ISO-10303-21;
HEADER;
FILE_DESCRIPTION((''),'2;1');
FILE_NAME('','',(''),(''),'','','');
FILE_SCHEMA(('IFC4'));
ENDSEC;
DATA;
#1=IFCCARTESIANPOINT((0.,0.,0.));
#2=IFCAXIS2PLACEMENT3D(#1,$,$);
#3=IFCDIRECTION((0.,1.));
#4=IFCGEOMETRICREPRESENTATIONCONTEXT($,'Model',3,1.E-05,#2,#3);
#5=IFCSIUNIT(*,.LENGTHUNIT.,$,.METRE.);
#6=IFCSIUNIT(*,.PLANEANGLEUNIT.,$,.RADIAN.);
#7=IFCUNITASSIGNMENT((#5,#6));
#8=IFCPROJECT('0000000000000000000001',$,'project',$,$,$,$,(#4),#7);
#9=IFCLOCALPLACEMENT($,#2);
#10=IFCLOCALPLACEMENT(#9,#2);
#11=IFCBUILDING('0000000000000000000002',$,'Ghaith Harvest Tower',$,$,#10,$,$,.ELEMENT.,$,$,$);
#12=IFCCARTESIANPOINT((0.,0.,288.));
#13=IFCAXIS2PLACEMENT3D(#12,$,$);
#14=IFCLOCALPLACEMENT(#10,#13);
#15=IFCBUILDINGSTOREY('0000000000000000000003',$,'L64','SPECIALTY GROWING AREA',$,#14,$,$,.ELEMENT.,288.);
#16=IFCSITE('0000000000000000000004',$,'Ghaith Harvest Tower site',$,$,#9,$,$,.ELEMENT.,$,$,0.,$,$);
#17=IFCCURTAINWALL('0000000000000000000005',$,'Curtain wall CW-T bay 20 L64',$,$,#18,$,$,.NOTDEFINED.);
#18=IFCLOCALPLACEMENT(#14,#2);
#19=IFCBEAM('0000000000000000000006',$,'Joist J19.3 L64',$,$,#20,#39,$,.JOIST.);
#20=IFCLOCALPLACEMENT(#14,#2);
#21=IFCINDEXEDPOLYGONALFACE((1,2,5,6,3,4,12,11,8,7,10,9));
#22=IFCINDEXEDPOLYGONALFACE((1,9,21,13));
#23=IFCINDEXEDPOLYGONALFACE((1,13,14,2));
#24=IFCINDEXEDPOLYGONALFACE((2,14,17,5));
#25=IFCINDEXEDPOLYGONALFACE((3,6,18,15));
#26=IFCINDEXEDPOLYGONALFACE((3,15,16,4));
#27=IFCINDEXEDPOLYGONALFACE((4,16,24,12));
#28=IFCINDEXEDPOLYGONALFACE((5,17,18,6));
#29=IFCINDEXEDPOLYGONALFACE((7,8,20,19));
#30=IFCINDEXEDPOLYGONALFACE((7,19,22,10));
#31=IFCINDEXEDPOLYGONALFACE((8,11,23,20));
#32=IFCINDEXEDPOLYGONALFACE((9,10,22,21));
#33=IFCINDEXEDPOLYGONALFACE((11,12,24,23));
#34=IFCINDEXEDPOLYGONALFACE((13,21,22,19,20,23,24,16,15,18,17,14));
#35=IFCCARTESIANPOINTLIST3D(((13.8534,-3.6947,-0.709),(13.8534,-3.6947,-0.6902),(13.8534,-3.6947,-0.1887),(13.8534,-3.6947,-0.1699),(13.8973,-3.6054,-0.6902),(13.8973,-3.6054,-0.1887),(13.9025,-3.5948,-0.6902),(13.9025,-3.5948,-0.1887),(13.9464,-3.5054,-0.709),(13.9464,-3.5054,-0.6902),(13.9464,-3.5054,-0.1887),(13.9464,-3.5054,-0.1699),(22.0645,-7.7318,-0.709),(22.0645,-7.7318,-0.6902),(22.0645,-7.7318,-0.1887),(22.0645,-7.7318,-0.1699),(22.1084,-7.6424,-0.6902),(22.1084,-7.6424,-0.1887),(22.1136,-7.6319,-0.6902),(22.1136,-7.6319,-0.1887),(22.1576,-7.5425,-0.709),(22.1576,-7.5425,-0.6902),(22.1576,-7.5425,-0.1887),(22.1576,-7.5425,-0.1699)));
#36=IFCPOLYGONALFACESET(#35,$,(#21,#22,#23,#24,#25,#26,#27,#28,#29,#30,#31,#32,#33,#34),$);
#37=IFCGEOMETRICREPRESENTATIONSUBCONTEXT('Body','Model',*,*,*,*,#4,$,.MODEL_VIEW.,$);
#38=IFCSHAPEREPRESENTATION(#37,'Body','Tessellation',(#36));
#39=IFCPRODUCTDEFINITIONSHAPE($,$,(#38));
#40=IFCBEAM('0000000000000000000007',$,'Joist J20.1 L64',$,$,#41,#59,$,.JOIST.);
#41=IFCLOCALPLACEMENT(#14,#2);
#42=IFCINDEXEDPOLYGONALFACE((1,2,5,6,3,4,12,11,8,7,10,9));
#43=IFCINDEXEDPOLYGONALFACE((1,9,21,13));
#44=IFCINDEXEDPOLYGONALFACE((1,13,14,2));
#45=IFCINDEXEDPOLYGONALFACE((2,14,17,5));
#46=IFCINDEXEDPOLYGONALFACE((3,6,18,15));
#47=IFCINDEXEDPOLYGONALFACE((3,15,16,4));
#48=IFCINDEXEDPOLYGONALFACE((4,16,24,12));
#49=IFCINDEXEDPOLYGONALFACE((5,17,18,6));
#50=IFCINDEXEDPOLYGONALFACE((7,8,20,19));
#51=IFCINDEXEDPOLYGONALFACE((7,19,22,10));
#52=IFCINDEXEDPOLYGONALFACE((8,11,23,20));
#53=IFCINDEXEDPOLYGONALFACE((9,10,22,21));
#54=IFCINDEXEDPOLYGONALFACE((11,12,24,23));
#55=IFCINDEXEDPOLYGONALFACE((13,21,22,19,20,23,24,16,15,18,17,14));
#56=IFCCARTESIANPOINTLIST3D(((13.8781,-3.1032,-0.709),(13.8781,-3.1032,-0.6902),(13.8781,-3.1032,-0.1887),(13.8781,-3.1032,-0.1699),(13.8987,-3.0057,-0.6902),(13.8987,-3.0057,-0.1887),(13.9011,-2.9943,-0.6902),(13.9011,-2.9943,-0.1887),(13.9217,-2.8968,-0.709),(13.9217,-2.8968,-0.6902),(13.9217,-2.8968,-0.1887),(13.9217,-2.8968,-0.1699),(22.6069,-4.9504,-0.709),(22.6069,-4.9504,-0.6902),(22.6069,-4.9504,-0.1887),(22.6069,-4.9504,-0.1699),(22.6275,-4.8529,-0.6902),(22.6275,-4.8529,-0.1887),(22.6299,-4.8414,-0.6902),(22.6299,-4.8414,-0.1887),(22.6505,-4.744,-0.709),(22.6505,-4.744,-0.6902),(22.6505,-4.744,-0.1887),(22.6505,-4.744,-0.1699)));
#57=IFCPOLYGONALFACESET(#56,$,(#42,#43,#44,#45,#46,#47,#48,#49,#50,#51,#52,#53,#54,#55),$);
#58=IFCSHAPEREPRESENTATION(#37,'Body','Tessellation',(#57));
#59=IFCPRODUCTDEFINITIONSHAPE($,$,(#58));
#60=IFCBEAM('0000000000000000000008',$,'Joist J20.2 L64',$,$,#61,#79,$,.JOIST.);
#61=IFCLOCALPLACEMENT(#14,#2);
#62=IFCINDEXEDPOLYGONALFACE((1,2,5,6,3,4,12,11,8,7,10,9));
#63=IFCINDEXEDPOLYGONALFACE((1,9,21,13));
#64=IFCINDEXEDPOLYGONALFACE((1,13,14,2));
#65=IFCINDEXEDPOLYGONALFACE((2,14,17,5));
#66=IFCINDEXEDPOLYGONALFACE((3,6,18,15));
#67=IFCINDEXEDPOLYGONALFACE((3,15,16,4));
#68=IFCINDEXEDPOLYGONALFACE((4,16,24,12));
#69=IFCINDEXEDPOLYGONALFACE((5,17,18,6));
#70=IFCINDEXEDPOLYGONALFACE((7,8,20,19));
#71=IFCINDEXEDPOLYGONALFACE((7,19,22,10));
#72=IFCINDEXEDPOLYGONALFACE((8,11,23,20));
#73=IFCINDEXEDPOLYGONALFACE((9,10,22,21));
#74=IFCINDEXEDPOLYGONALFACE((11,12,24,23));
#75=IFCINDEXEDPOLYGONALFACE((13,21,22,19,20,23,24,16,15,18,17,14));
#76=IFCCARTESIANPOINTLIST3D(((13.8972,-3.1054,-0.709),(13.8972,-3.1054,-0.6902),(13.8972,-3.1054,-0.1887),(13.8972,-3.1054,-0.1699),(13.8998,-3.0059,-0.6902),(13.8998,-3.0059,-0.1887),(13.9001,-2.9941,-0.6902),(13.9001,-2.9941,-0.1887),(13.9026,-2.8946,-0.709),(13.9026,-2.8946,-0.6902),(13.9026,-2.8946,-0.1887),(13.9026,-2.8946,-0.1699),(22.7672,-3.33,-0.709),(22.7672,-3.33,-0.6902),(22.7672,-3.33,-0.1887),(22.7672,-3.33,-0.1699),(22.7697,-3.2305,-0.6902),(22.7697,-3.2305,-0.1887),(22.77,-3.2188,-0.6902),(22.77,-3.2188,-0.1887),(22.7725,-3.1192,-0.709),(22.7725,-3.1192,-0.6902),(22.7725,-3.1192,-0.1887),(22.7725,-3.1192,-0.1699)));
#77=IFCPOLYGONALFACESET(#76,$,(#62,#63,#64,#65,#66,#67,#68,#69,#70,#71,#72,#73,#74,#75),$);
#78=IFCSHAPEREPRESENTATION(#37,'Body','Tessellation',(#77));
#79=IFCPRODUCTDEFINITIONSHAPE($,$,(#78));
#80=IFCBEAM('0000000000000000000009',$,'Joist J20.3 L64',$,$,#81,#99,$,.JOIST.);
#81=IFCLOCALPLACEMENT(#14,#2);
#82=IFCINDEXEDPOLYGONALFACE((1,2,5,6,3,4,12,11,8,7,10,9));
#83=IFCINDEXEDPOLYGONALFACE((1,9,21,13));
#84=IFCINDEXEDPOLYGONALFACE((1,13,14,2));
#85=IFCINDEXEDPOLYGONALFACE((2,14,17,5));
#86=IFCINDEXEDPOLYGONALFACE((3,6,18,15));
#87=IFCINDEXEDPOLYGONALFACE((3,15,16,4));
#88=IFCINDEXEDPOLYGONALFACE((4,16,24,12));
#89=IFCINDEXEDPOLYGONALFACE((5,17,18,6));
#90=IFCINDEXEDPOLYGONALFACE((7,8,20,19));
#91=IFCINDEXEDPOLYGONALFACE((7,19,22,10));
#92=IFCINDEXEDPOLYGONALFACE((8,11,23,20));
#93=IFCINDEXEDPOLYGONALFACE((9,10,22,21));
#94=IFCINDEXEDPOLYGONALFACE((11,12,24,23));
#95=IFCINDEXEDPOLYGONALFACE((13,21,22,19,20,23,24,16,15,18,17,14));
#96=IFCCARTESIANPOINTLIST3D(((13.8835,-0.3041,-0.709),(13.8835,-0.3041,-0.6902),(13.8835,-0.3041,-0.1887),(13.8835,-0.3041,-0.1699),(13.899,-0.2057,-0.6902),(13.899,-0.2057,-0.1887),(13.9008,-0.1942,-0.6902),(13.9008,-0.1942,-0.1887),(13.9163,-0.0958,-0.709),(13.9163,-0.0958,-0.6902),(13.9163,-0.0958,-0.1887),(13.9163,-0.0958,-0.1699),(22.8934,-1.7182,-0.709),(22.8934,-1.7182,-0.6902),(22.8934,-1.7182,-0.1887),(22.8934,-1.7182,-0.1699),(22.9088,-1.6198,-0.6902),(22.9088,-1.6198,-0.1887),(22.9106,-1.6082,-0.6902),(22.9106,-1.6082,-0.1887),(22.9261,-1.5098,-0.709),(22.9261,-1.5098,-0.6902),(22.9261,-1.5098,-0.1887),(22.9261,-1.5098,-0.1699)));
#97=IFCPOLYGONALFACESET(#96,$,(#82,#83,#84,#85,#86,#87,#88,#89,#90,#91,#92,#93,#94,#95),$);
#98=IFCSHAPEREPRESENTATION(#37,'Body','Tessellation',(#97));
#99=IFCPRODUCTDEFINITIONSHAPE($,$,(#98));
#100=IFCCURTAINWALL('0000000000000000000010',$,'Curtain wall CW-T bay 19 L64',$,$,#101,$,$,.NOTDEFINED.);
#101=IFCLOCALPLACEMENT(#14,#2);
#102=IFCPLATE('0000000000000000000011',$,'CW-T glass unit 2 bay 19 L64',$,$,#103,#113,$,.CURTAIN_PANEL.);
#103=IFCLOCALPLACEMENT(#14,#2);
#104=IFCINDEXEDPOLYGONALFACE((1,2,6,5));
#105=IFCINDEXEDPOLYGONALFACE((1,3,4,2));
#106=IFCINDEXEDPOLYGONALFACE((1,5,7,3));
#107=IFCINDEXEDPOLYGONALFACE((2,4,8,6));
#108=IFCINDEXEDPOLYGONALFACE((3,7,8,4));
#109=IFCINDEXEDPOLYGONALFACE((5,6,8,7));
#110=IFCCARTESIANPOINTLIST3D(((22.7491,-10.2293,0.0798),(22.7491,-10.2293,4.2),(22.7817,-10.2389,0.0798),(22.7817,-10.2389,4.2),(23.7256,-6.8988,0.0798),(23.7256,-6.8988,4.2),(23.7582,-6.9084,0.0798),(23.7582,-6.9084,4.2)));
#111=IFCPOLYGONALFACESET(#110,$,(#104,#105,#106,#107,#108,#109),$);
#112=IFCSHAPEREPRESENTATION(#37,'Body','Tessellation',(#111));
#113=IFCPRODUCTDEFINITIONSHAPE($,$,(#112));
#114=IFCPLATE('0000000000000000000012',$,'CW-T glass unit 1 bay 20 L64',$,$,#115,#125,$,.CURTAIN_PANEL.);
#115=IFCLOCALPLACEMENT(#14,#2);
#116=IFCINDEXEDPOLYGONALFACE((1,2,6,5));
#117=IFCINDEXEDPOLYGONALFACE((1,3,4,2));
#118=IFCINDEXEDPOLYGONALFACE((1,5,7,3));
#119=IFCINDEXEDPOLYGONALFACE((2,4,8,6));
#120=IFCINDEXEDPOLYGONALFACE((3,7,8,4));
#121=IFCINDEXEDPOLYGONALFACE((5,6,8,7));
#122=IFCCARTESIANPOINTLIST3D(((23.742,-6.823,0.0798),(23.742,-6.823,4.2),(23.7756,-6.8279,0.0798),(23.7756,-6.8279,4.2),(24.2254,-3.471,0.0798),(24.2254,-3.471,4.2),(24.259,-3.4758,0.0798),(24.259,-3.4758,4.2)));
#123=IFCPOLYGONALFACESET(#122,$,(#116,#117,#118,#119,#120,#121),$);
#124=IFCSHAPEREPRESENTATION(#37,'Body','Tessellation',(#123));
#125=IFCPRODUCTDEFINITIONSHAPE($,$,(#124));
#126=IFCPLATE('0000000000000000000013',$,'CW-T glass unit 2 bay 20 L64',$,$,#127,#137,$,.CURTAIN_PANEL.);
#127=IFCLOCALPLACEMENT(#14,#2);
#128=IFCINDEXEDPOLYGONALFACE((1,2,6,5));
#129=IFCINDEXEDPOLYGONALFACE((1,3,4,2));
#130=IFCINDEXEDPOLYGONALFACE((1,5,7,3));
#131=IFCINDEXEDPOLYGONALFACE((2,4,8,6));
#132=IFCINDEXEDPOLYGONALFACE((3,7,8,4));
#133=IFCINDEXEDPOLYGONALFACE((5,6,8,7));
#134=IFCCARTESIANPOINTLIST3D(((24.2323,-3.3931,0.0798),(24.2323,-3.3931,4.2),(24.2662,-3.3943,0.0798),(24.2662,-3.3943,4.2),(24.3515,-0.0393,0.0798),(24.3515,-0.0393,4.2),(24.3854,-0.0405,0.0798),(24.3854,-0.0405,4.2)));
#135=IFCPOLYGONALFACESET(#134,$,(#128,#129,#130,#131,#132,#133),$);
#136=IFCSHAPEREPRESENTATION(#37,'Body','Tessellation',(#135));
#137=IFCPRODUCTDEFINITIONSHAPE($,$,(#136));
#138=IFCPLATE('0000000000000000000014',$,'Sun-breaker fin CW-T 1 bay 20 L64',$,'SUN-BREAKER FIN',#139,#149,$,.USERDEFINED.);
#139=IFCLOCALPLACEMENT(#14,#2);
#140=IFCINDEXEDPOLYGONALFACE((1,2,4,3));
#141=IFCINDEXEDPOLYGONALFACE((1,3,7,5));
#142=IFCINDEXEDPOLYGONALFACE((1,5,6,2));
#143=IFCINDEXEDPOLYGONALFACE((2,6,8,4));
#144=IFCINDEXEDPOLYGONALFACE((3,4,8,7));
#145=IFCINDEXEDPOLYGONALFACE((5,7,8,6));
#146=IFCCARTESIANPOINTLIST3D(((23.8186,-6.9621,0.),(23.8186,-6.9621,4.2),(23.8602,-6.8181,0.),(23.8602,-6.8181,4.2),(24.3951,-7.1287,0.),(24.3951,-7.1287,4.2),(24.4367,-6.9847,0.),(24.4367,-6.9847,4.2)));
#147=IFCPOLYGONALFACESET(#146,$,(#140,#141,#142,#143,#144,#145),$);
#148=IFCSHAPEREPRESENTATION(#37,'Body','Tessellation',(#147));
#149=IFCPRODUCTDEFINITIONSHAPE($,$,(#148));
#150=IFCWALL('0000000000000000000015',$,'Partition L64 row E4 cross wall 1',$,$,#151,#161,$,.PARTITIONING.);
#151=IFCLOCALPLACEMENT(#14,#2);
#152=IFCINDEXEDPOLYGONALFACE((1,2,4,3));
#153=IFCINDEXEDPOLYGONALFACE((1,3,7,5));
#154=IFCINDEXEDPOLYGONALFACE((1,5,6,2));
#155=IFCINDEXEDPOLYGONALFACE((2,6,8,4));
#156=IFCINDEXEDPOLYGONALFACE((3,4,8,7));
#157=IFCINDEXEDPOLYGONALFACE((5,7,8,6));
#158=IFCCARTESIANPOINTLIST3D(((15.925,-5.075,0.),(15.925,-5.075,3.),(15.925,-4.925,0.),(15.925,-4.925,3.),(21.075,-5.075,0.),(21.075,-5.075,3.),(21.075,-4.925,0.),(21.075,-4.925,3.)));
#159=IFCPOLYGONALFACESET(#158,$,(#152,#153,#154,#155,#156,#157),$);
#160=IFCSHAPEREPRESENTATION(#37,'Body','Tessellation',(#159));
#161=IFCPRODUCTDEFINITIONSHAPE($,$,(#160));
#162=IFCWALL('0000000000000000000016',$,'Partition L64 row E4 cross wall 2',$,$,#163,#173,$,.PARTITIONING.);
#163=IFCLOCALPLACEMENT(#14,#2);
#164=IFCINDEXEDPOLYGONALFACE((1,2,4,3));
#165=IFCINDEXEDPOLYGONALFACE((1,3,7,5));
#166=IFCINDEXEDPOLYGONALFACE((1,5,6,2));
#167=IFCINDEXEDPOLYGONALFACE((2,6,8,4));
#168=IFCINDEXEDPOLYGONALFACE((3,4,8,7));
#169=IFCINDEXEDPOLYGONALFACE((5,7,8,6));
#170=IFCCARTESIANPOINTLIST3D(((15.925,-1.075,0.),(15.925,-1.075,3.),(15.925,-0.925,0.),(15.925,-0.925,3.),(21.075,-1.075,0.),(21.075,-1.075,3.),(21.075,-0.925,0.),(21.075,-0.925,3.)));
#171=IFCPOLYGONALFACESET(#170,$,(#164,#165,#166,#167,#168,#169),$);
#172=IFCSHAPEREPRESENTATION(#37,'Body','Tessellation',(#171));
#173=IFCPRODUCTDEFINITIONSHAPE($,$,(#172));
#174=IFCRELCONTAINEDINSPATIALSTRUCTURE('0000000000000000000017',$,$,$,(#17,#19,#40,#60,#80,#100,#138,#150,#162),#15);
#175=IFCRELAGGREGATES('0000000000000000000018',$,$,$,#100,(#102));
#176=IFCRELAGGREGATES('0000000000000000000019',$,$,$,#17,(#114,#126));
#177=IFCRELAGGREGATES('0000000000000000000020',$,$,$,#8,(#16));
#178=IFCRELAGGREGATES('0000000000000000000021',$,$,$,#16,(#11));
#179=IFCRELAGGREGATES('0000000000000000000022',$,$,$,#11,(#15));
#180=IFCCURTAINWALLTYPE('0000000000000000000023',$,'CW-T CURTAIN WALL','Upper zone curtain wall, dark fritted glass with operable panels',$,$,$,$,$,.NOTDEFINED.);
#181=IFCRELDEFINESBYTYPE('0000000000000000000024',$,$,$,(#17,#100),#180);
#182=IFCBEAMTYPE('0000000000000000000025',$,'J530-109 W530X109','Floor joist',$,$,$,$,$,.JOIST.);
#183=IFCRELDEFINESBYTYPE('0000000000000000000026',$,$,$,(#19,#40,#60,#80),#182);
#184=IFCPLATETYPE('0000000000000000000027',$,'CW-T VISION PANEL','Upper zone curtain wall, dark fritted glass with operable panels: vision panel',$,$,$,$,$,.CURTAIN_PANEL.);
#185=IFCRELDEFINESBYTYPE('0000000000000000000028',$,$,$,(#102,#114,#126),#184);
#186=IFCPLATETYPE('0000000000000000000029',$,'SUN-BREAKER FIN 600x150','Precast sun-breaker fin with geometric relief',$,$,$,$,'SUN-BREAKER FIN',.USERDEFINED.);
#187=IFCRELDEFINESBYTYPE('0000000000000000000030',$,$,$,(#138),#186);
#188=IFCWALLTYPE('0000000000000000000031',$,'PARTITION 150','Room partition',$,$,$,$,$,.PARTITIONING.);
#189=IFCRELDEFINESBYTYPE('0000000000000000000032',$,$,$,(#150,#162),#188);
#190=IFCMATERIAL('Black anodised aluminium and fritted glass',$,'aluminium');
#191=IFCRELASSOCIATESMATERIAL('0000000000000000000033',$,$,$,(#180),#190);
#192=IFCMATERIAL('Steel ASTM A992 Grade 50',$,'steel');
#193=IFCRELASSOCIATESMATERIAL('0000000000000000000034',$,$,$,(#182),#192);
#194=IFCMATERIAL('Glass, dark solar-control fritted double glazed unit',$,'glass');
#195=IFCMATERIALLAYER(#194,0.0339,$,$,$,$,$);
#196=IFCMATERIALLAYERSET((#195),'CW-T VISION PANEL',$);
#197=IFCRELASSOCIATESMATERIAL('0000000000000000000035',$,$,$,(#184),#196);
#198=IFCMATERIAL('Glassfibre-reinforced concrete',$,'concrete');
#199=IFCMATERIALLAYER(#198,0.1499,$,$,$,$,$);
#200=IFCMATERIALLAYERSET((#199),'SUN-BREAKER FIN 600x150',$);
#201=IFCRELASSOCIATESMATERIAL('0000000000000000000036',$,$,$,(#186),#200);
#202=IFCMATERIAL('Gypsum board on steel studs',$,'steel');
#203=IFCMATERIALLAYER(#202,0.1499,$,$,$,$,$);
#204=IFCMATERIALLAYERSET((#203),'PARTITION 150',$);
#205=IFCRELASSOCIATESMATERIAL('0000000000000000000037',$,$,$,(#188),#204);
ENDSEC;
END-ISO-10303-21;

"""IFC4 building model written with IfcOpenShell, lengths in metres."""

from ifc_helpers import new_model, si_unit, direction, frame, frame_2d, origin, origin_2d, place, context, subcontext, project, spatial, rectangle, i_section, extrude, material, layer, layer_set, material_profile, profile_set, type_object, element, aggregate, save


model = new_model("IFC4")

# Units and contexts
model_context = context("Model", 3, precision=1e-05, world=origin(), true_north=direction((0.0, 1.0)))
body_context = subcontext(model_context, "Body", "Model", "MODEL_VIEW")
ifc_project = project(units=[si_unit("LENGTHUNIT", "METRE"), si_unit("PLANEANGLEUNIT", "RADIAN")], contexts=[model_context])

# Site, building, storey
site_placement = place(None, origin())
site = spatial("IfcSite", under=ifc_project, at=site_placement, Name="Ghaith Harvest Tower site", CompositionType="ELEMENT", RefElevation=0.0)
building_placement = place(site_placement, origin())
building = spatial("IfcBuilding", under=site, at=building_placement, Name="Ghaith Harvest Tower", CompositionType="ELEMENT")
storey_placement = place(building_placement, frame((0.0, 0.0, 288.0)))
storey = spatial("IfcBuildingStorey", under=building, at=storey_placement, Name="L64", Description="SPECIALTY GROWING AREA", CompositionType="ELEMENT", Elevation=288.0)

# Curtain wall
ifc_material_1 = material(Name="Black anodised aluminium and fritted glass", Category="aluminium")
curtain_wall_type = type_object("IfcCurtainWallType", Name="CW-T CURTAIN WALL", Description="Upper zone curtain wall, dark fritted glass with operable panels", PredefinedType="NOTDEFINED", material=ifc_material_1)
curtain_wall_1_placement = place(storey_placement, origin())
curtain_wall_1 = element("IfcCurtainWall", 1, at=curtain_wall_1_placement, inside=storey, type_object=curtain_wall_type, Name="Curtain wall CW-T bay 20 L64", PredefinedType="NOTDEFINED")

# Beams
ifc_material_2 = material(Name="Steel ASTM A992 Grade 50", Category="steel")
ifc_material_profile_1 = material_profile(ifc_material_2, i_section(OverallWidth=0.2109, OverallDepth=0.5391, WebThickness=0.0117, FlangeThickness=0.0188, at=origin_2d()), Name="W530X109")
ifc_profile_set_1 = profile_set([ifc_material_profile_1], Name="Steel ASTM A992 Grade 50")
beam_type_1 = type_object("IfcBeamType", Name="J530-109 W530X109", Description="Floor joist", PredefinedType="JOIST", material=ifc_profile_set_1)
beam_1_placement = place(storey_placement, frame((13.8999, -3.6001, -0.4395), z_axis=(0.897401, -0.441216, 0.0), x_axis=(0.441216, 0.897401, 0.0)))
element("IfcBeam", 2, at=beam_1_placement, inside=storey, type_object=beam_type_1, Name="Joist J19.3 L64", PredefinedType="JOIST", context=body_context, shape_type="SweptSolid", body=[
    extrude(i_section(OverallWidth=0.2109, OverallDepth=0.5391, WebThickness=0.0117, FlangeThickness=0.0188, at=origin_2d()), origin(), (0.0, 0.0, 1.0), 9.1499),
])
beam_2_placement = place(storey_placement, frame((13.8999, -3.0, -0.4395), z_axis=(0.978334, -0.207034, 0.0), x_axis=(0.207034, 0.978334, 0.0)))
element("IfcBeam", 3, at=beam_2_placement, inside=storey, type_object=beam_type_1, Name="Joist J20.1 L64", PredefinedType="JOIST", context=body_context, shape_type="SweptSolid", body=[
    extrude(i_section(OverallWidth=0.2109, OverallDepth=0.5391, WebThickness=0.0117, FlangeThickness=0.0188, at=origin_2d()), origin(), (0.0, 0.0, 1.0), 8.9221),
])
beam_3_placement = place(storey_placement, frame((13.8999, -3.0, -0.4395), z_axis=(0.99968, -0.025315, 0.0), x_axis=(0.025315, 0.99968, 0.0)))
element("IfcBeam", 4, at=beam_3_placement, inside=storey, type_object=beam_type_1, Name="Joist J20.2 L64", PredefinedType="JOIST", context=body_context, shape_type="SweptSolid", body=[
    extrude(i_section(OverallWidth=0.2109, OverallDepth=0.5391, WebThickness=0.0117, FlangeThickness=0.0188, at=origin_2d()), origin(), (0.0, 0.0, 1.0), 8.8728),
])
beam_4_placement = place(storey_placement, frame((13.8999, -0.2, -0.4395), z_axis=(0.987907, -0.15505, 0.0), x_axis=(0.15505, 0.987907, 0.0)))
element("IfcBeam", 5, at=beam_4_placement, inside=storey, type_object=beam_type_1, Name="Joist J20.3 L64", PredefinedType="JOIST", context=body_context, shape_type="SweptSolid", body=[
    extrude(i_section(OverallWidth=0.2109, OverallDepth=0.5391, WebThickness=0.0117, FlangeThickness=0.0188, at=origin_2d()), origin(), (0.0, 0.0, 1.0), 9.1201),
])

# Curtain wall, plate
curtain_wall_2_placement = place(storey_placement, origin())
curtain_wall_2 = element("IfcCurtainWall", 6, at=curtain_wall_2_placement, inside=storey, type_object=curtain_wall_type, Name="Curtain wall CW-T bay 19 L64", PredefinedType="NOTDEFINED")
ifc_material_3 = material(Name="Glass, dark solar-control fritted double glazed unit", Category="glass")
ifc_layer_1 = layer(ifc_material_3, 0.0339)
ifc_layer_set_1 = layer_set([ifc_layer_1], Name="CW-T VISION PANEL")
plate_type_1 = type_object("IfcPlateType", Name="CW-T VISION PANEL", Description="Upper zone curtain wall, dark fritted glass with operable panels: vision panel", PredefinedType="CURTAIN_PANEL", material=ifc_layer_set_1)
plate_1_placement = place(storey_placement, frame((23.2537, -8.5688, 0.0798), z_axis=(0.0, 0.0, 1.0), x_axis=(0.281345, 0.959607, 0.0)))
plate_1 = element("IfcPlate", 7, at=plate_1_placement, type_object=plate_type_1, Name="CW-T glass unit 2 bay 19 L64", PredefinedType="CURTAIN_PANEL", context=body_context, shape_type="SweptSolid", body=[
    extrude(rectangle(XDim=3.4707, YDim=0.0339, at=origin_2d()), origin(), (0.0, 0.0, 1.0), 4.1201),
])
aggregate(curtain_wall_2, [plate_1])

# Plates
plate_2_placement = place(storey_placement, frame((24.0005, -5.1494, 0.0798), z_axis=(0.0, 0.0, 1.0), x_axis=(0.14273, 0.989762, 0.0)))
plate_2 = element("IfcPlate", 8, at=plate_2_placement, type_object=plate_type_1, Name="CW-T glass unit 1 bay 20 L64", PredefinedType="CURTAIN_PANEL", context=body_context, shape_type="SweptSolid", body=[
    extrude(rectangle(XDim=3.3867, YDim=0.0339, at=origin_2d()), origin(), (0.0, 0.0, 1.0), 4.1201),
])
plate_3_placement = place(storey_placement, frame((24.3088, -1.7168, 0.0798), z_axis=(0.0, 0.0, 1.0), x_axis=(0.035536, 0.999368, 0.0)))
plate_3 = element("IfcPlate", 9, at=plate_3_placement, type_object=plate_type_1, Name="CW-T glass unit 2 bay 20 L64", PredefinedType="CURTAIN_PANEL", context=body_context, shape_type="SweptSolid", body=[
    extrude(rectangle(XDim=3.356, YDim=0.0339, at=origin_2d()), origin(), (0.0, 0.0, 1.0), 4.1201),
])
aggregate(curtain_wall_1, [plate_2, plate_3])
ifc_material_4 = material(Name="Glassfibre-reinforced concrete", Category="concrete")
ifc_layer_2 = layer(ifc_material_4, 0.1499)
ifc_layer_set_2 = layer_set([ifc_layer_2], Name="SUN-BREAKER FIN 600x150")
plate_type_2 = type_object("IfcPlateType", Name="SUN-BREAKER FIN 600x150", Description="Precast sun-breaker fin with geometric relief", ElementType="SUN-BREAKER FIN", PredefinedType="USERDEFINED", material=ifc_layer_set_2)
plate_4_placement = place(storey_placement, frame((24.1277, -6.9734, 0.0), z_axis=(0.0, 0.0, 1.0), x_axis=(0.96068, -0.277657, 0.0)))
element("IfcPlate", 10, at=plate_4_placement, inside=storey, type_object=plate_type_2, Name="Sun-breaker fin CW-T 1 bay 20 L64", ObjectType="SUN-BREAKER FIN", PredefinedType="USERDEFINED", context=body_context, shape_type="SweptSolid", body=[
    extrude(rectangle(XDim=0.6001, YDim=0.1499, at=origin_2d()), origin(), (0.0, 0.0, 1.0), 4.2),
])

# Walls
ifc_material_5 = material(Name="Gypsum board on steel studs", Category="steel")
ifc_layer_3 = layer(ifc_material_5, 0.1499)
ifc_layer_set_3 = layer_set([ifc_layer_3], Name="PARTITION 150")
wall_type = type_object("IfcWallType", Name="PARTITION 150", Description="Room partition", PredefinedType="PARTITIONING", material=ifc_layer_set_3)
for number, where, z_axis, x_axis, name in (
    (11, (15.925, -5.0, 0.0), (0.0, 0.0, 1.0), (1.0, 0.0, 0.0), "Partition L64 row E4 cross wall 1"),
    (12, (15.925, -1.0, 0.0), (0.0, 0.0, 1.0), (1.0, 0.0, 0.0), "Partition L64 row E4 cross wall 2"),
):
    element("IfcWall", number, at=place(storey_placement, frame(where, z_axis=z_axis, x_axis=x_axis)), inside=storey, type_object=wall_type, Name=name, PredefinedType="PARTITIONING", context=body_context, shape_type="SweptSolid", body=[
        extrude(rectangle(XDim=5.1499, YDim=0.1499, at=frame_2d((2.575, 0.0))), origin(), (0.0, 0.0, 1.0), 3.0),
    ])

save(model, "model.ifc")
